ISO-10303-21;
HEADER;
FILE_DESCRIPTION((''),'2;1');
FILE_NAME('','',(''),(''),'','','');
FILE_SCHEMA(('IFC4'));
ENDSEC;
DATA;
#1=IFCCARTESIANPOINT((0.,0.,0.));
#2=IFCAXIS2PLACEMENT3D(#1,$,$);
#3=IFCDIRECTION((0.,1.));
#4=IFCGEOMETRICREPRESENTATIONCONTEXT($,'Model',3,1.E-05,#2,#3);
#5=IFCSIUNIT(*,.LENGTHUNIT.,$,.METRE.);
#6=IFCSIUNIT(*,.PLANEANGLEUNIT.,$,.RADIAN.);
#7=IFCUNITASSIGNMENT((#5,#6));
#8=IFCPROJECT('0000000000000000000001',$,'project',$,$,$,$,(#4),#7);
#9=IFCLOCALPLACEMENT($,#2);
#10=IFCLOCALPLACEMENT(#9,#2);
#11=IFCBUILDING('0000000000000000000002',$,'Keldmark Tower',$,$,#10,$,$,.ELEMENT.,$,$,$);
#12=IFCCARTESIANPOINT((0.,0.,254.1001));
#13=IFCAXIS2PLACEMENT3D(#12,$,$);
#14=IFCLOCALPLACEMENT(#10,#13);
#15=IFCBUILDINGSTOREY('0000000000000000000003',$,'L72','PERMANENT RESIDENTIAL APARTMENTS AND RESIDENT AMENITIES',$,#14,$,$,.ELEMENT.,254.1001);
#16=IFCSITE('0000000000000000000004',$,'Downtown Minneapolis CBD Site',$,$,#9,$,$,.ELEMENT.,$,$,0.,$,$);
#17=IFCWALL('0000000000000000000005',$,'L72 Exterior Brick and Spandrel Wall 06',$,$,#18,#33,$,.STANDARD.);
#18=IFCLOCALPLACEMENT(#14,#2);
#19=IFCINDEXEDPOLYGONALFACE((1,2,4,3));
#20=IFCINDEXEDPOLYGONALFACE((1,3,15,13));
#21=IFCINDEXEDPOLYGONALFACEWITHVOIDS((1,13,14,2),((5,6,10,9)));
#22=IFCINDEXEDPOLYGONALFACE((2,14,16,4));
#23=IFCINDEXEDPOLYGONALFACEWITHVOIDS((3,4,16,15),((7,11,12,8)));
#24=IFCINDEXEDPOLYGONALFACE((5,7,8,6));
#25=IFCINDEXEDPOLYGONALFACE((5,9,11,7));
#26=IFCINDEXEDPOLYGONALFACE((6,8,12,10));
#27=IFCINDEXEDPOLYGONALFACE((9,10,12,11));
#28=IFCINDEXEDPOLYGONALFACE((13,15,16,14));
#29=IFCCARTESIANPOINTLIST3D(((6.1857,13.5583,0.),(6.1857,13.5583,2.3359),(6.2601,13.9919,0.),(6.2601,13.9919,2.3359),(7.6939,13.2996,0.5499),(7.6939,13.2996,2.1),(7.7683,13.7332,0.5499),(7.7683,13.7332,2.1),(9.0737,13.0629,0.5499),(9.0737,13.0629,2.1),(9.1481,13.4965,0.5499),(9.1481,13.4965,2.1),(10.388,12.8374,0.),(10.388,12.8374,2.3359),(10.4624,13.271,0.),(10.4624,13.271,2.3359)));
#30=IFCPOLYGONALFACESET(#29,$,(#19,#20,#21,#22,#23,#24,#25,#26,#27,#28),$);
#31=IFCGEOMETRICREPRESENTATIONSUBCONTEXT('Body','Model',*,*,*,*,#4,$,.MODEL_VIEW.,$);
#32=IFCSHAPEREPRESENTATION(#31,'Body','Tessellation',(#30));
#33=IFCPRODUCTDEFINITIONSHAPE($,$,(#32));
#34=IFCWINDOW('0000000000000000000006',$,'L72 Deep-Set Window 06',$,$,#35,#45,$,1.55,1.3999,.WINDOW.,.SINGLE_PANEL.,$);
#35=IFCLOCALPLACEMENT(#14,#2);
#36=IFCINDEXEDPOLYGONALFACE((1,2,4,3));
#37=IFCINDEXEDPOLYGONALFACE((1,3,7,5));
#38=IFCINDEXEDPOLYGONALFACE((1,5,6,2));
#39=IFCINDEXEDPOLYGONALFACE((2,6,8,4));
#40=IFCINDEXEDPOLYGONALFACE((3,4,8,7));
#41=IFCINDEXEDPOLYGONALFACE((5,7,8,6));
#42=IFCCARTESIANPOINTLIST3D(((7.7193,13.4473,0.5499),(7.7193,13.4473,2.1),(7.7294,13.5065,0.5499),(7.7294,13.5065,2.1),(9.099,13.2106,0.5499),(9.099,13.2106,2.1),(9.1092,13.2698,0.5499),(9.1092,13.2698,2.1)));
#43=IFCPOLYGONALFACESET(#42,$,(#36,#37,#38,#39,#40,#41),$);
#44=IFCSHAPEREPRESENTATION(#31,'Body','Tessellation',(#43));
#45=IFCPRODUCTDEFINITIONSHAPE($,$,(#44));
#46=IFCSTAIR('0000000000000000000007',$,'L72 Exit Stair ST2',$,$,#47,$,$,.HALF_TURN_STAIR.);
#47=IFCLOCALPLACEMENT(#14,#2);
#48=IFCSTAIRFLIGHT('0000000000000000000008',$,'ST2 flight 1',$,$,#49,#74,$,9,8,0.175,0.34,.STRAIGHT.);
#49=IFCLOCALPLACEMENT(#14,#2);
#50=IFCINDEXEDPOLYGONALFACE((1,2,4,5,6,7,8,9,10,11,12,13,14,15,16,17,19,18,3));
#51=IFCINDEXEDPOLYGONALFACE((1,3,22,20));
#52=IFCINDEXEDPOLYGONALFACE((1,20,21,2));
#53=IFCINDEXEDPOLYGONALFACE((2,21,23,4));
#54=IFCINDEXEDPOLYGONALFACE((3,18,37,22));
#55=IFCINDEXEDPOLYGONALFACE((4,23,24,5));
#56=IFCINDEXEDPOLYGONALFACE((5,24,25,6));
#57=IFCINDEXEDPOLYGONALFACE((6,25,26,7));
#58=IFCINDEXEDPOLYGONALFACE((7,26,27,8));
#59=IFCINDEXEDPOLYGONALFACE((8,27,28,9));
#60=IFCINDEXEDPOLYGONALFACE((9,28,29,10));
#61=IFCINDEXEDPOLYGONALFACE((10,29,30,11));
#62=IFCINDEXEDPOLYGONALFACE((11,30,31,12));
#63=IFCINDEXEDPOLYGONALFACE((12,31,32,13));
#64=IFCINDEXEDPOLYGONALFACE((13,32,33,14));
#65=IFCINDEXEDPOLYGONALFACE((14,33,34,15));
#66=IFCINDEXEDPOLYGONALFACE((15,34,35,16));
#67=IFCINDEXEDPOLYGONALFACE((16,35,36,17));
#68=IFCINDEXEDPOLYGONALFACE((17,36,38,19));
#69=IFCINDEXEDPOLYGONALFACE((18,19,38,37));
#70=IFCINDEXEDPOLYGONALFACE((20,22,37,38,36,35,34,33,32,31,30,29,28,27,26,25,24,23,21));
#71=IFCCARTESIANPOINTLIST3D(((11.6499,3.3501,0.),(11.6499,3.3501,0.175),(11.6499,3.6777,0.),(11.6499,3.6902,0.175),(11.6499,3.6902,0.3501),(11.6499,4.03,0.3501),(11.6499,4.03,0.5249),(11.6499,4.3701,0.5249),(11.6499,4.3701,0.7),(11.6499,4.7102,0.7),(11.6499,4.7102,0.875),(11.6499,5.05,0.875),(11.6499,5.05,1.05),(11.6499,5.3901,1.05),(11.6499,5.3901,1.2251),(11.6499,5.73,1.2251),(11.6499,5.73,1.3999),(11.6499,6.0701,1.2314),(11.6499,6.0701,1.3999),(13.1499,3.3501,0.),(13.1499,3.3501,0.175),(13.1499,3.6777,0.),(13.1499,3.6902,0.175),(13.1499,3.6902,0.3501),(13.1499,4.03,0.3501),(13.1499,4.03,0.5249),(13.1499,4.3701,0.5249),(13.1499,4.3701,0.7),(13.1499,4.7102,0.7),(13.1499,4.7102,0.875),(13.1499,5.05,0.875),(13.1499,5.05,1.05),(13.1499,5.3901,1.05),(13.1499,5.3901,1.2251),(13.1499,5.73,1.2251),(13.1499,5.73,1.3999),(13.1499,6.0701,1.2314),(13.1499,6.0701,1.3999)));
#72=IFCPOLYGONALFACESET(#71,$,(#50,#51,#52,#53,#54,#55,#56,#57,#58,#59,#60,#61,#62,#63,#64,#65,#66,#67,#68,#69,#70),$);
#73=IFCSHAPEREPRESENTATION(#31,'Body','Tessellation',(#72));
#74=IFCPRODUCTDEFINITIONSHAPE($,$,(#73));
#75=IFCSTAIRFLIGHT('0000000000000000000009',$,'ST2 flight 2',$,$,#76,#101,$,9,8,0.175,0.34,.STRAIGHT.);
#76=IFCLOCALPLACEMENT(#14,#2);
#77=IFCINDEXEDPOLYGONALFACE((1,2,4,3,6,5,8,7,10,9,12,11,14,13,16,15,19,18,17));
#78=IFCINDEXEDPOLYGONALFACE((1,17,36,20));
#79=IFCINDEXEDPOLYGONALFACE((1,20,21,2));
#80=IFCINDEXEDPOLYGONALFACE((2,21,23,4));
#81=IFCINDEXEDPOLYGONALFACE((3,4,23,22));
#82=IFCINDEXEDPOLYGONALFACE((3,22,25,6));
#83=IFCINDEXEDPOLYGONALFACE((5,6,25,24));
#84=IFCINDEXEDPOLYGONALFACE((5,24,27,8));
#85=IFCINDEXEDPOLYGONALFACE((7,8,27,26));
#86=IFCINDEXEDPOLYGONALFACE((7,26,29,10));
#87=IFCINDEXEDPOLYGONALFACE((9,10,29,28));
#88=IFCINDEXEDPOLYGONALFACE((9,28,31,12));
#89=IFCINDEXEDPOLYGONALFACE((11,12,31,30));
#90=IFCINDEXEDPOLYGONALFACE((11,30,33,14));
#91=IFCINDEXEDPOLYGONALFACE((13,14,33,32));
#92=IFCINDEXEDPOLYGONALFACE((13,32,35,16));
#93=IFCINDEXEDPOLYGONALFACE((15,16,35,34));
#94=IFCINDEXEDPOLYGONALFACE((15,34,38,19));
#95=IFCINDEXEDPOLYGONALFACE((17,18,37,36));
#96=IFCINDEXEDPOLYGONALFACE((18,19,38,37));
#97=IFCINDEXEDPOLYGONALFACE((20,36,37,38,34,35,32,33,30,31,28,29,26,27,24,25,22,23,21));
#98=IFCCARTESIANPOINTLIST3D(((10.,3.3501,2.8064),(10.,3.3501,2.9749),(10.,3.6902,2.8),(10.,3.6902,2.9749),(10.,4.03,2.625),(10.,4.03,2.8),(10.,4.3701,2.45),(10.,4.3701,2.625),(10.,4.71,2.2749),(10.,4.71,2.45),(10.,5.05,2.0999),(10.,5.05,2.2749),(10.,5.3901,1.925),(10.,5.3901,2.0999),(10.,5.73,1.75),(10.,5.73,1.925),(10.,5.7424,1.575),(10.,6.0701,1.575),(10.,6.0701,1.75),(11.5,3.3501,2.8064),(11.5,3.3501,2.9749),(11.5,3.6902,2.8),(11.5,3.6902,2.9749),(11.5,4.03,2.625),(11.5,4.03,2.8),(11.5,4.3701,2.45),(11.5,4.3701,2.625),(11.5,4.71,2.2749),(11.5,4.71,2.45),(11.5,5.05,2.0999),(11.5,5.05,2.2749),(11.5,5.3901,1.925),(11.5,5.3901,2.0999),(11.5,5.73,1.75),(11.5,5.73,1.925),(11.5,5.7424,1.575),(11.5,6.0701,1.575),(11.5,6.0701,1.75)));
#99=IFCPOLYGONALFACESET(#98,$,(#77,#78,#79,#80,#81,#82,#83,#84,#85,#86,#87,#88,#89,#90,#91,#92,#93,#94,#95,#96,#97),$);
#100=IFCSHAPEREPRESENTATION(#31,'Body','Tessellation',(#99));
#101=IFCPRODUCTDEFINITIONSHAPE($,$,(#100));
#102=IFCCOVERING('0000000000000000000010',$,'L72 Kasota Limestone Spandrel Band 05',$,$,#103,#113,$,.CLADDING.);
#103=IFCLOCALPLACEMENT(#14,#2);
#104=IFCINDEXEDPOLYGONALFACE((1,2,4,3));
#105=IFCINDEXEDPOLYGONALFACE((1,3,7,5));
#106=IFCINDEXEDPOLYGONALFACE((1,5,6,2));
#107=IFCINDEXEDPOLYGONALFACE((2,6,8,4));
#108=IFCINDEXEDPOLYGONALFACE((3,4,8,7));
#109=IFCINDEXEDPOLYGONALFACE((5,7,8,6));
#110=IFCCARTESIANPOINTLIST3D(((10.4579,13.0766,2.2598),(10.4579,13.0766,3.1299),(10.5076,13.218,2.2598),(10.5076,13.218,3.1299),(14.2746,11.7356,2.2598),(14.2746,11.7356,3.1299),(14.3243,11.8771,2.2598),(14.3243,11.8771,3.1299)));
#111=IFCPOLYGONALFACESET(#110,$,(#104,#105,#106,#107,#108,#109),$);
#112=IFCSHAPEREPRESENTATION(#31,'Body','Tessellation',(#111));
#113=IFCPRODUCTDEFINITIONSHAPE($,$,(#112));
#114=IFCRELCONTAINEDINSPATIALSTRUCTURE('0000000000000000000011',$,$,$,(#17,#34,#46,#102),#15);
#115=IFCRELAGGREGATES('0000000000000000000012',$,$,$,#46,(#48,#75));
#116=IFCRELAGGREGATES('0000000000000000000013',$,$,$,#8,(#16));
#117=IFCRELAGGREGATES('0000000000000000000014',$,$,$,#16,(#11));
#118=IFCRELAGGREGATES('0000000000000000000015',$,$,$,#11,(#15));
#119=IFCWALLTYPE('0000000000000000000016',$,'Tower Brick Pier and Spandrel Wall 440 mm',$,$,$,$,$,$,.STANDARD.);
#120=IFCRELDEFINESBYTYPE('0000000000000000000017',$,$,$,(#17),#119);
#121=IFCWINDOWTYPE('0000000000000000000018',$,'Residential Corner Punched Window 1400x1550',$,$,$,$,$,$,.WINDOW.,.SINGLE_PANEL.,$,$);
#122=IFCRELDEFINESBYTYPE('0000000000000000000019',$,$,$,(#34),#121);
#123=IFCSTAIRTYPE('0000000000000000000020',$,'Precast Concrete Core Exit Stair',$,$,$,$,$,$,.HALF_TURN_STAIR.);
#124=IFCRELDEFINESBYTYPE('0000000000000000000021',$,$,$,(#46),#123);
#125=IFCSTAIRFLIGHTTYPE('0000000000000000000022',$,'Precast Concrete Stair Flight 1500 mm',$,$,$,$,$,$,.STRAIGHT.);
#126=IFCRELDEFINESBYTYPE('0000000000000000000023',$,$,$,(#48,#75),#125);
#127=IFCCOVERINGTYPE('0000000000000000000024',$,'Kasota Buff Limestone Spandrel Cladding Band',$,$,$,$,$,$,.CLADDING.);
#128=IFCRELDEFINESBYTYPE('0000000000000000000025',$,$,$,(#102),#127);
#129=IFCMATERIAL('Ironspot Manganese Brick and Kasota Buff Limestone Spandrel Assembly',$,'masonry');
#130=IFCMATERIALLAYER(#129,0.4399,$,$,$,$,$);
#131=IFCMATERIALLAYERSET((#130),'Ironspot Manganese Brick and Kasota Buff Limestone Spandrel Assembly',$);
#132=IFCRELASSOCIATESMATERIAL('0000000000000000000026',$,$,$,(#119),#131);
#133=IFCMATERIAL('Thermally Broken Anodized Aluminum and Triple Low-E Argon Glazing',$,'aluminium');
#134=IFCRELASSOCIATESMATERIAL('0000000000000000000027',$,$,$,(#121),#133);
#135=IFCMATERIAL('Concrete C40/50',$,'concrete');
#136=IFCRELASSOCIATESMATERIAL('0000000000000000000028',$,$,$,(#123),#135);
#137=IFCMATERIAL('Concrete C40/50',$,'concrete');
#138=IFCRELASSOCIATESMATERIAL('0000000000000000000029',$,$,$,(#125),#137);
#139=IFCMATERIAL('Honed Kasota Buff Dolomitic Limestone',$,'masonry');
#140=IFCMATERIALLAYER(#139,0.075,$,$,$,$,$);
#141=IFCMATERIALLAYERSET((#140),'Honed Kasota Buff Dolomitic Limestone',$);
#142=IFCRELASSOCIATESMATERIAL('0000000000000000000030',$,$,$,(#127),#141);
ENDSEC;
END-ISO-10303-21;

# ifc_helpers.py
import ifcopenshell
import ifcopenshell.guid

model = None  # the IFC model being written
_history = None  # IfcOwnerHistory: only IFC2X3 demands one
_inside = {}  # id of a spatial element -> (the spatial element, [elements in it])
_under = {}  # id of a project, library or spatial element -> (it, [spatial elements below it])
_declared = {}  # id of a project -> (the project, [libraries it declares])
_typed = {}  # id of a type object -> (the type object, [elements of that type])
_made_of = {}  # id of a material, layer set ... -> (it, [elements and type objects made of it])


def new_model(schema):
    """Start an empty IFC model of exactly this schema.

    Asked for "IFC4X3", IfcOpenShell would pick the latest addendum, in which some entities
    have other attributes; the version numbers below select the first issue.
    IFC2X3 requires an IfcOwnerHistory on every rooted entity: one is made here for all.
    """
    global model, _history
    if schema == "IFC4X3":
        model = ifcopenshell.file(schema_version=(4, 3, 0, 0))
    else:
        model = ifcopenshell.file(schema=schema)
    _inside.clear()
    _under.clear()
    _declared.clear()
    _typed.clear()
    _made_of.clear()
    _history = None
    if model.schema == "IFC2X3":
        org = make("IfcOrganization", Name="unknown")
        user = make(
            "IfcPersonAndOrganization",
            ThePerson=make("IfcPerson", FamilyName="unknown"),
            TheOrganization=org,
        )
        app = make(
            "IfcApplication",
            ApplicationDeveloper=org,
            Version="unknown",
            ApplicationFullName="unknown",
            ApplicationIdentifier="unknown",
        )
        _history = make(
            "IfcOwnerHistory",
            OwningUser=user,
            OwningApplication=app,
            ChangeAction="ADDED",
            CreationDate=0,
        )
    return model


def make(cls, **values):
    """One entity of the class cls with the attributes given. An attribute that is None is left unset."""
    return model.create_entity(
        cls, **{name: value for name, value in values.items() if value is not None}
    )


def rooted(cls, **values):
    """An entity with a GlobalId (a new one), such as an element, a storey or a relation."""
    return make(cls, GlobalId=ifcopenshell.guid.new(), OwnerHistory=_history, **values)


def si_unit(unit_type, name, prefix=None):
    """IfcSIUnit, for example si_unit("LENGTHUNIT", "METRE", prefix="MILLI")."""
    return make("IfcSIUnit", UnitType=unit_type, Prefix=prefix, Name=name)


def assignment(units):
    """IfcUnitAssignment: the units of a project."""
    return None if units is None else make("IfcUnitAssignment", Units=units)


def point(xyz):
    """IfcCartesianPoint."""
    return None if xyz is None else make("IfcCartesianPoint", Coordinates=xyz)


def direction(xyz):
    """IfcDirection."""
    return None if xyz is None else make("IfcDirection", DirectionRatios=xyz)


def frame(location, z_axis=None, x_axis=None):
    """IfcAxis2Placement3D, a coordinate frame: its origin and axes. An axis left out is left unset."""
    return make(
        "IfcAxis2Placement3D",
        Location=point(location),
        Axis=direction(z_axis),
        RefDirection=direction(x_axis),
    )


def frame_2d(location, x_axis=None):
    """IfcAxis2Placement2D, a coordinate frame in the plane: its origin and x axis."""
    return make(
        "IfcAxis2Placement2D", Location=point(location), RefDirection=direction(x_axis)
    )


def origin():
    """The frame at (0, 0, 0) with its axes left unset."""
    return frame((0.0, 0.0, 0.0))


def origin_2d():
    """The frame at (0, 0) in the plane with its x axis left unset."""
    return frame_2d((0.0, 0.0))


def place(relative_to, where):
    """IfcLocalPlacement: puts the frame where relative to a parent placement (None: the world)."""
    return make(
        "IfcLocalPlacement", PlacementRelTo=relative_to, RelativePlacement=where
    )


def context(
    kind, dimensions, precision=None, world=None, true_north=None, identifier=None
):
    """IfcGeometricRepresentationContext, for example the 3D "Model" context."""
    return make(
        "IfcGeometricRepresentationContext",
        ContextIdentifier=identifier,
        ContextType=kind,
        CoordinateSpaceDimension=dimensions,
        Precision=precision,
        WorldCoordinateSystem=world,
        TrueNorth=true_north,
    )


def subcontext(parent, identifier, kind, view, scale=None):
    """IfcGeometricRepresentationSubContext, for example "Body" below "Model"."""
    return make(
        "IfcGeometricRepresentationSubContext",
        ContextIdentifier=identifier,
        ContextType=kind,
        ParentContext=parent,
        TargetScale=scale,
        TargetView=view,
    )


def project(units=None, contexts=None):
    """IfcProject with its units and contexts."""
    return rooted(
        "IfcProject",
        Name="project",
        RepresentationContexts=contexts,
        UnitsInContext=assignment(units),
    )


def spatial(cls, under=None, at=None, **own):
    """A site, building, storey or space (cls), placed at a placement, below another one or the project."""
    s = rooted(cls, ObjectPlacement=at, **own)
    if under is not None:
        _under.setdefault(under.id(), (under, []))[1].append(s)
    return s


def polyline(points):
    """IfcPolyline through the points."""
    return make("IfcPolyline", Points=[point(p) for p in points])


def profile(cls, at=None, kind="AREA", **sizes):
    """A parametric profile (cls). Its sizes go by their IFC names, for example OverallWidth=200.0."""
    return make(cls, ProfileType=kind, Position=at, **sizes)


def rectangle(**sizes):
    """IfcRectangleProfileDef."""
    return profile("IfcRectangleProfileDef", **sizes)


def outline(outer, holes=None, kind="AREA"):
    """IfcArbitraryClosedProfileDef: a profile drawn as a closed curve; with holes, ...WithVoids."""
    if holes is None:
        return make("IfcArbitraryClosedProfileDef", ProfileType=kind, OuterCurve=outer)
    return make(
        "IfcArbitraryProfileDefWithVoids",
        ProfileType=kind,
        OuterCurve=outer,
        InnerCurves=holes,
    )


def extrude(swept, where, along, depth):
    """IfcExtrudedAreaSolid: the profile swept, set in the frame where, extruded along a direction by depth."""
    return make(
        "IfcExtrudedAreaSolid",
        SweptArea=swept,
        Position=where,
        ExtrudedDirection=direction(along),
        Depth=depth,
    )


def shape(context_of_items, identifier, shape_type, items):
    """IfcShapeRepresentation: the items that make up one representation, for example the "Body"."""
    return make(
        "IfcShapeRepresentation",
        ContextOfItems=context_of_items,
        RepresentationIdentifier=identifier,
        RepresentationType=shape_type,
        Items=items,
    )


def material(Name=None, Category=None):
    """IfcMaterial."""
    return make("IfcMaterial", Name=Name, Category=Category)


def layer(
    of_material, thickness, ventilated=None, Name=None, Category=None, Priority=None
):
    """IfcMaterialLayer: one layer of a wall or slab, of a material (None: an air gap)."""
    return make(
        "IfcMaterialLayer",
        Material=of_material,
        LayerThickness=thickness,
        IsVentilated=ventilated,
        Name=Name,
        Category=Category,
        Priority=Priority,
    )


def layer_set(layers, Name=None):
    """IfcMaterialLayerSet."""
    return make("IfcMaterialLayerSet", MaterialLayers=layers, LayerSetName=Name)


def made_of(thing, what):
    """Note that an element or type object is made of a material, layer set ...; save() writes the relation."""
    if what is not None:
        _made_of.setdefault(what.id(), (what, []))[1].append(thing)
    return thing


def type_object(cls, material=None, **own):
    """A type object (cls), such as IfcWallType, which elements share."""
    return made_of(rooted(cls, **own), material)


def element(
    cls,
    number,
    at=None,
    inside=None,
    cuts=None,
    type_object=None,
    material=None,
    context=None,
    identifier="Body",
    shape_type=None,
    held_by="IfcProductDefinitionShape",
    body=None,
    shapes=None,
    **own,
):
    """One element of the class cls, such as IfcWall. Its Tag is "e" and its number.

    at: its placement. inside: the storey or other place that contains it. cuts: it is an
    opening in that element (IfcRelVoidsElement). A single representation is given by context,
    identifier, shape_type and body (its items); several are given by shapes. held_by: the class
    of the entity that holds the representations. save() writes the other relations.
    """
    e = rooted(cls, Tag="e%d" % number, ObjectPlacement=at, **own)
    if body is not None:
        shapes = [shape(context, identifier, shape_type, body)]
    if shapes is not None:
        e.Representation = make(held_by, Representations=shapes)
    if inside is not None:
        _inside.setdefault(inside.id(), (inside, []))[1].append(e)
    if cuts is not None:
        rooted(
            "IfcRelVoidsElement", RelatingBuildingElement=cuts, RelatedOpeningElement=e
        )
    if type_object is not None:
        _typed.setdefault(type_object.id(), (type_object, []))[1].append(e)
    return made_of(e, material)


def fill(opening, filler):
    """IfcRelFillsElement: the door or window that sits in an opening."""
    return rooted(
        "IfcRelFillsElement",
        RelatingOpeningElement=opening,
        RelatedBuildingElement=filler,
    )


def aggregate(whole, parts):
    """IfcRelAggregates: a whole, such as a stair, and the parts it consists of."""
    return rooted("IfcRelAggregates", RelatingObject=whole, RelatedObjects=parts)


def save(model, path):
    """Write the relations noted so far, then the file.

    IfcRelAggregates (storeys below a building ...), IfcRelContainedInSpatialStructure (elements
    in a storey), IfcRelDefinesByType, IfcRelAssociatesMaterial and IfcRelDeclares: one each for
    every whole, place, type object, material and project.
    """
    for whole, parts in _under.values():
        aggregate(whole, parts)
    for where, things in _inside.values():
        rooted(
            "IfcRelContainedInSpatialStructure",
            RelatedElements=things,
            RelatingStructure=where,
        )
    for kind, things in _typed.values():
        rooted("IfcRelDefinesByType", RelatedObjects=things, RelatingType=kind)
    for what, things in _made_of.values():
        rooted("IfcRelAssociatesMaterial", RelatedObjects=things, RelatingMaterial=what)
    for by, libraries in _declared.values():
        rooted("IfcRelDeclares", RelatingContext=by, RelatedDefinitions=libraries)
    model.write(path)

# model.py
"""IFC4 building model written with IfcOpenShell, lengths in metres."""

from ifc_helpers import new_model, si_unit, direction, frame, frame_2d, origin, origin_2d, place, context, subcontext, project, spatial, polyline, rectangle, outline, extrude, material, layer, layer_set, type_object, element, fill, aggregate, save


model = new_model("IFC4")

# Units and contexts
model_context = context("Model", 3, precision=1e-05, world=origin(), true_north=direction((0.0, 1.0)))
body_context = subcontext(model_context, "Body", "Model", "MODEL_VIEW")
ifc_project = project(units=[si_unit("LENGTHUNIT", "METRE"), si_unit("PLANEANGLEUNIT", "RADIAN")], contexts=[model_context])

# Site, building, storey
site_placement = place(None, origin())
site = spatial("IfcSite", under=ifc_project, at=site_placement, Name="Downtown Minneapolis CBD Site", CompositionType="ELEMENT", RefElevation=0.0)
building_placement = place(site_placement, origin())
building = spatial("IfcBuilding", under=site, at=building_placement, Name="Keldmark Tower", CompositionType="ELEMENT")
storey_placement = place(building_placement, frame((0.0, 0.0, 254.1001)))
storey = spatial("IfcBuildingStorey", under=building, at=storey_placement, Name="L72", Description="PERMANENT RESIDENTIAL APARTMENTS AND RESIDENT AMENITIES", CompositionType="ELEMENT", Elevation=254.1001)

# Wall, opening, window
ifc_material_1 = material(Name="Ironspot Manganese Brick and Kasota Buff Limestone Spandrel Assembly", Category="masonry")
ifc_layer_1 = layer(ifc_material_1, 0.4399)
ifc_layer_set_1 = layer_set([ifc_layer_1], Name="Ironspot Manganese Brick and Kasota Buff Limestone Spandrel Assembly")
wall_type_1 = type_object("IfcWallType", Name="Tower Brick Pier and Spandrel Wall 440 mm", PredefinedType="STANDARD", material=ifc_layer_set_1)
wall_1_placement = place(storey_placement, frame((6.2229, 13.7751, 0.0), z_axis=(0.0, 0.0, 1.0), x_axis=(0.985601, -0.169086, 0.0)))
wall_1 = element("IfcWall", 1, at=wall_1_placement, inside=storey, type_object=wall_type_1, Name="L72 Exterior Brick and Spandrel Wall 06", PredefinedType="STANDARD", context=body_context, shape_type="SweptSolid", body=[
    extrude(rectangle(XDim=4.2637, YDim=0.4399, at=frame_2d((2.1318, 0.0))), origin(), (0.0, 0.0, 1.0), 2.3359),
])
opening_1_placement = place(wall_1_placement, frame((1.5303, 0.0, 0.55)))
opening_1 = element("IfcOpeningElement", 2, at=opening_1_placement, cuts=wall_1, PredefinedType="OPENING", context=body_context, shape_type="SweptSolid", body=[
    extrude(rectangle(XDim=1.3999, YDim=1.55, at=frame_2d((0.7, 0.7749))), frame((0.0, 0.23, 0.0), z_axis=(0.0, -1.0, 0.0), x_axis=(1.0, 0.0, 0.0)), (0.0, 0.0, 1.0), 0.46),
])
ifc_material_2 = material(Name="Thermally Broken Anodized Aluminum and Triple Low-E Argon Glazing", Category="aluminium")
window_type_1 = type_object("IfcWindowType", Name="Residential Corner Punched Window 1400x1550", PartitioningType="SINGLE_PANEL", PredefinedType="WINDOW", material=ifc_material_2)
window_1_placement = place(opening_1_placement, origin())
window_1 = element("IfcWindow", 3, at=window_1_placement, inside=storey, type_object=window_type_1, Name="L72 Deep-Set Window 06", OverallHeight=1.55, OverallWidth=1.3999, PartitioningType="SINGLE_PANEL", PredefinedType="WINDOW", context=body_context, shape_type="SweptSolid", body=[
    extrude(rectangle(XDim=1.3999, YDim=1.55, at=frame_2d((0.7, 0.7749))), frame((0.0, -0.01, 0.0), z_axis=(0.0, -1.0, 0.0), x_axis=(1.0, 0.0, 0.0)), (0.0, 0.0, 1.0), 0.0601),
])
fill(opening_1, window_1)

# Stair, stair flights
ifc_material_3 = material(Name="Concrete C40/50", Category="concrete")
stair_type = type_object("IfcStairType", Name="Precast Concrete Core Exit Stair", PredefinedType="HALF_TURN_STAIR", material=ifc_material_3)
stair_placement = place(storey_placement, origin())
stair = element("IfcStair", 4, at=stair_placement, inside=storey, type_object=stair_type, Name="L72 Exit Stair ST2", PredefinedType="HALF_TURN_STAIR")
ifc_material_4 = material(Name="Concrete C40/50", Category="concrete")
stair_flight_type = type_object("IfcStairFlightType", Name="Precast Concrete Stair Flight 1500 mm", PredefinedType="STRAIGHT", material=ifc_material_4)
stair_flight_1_placement = place(storey_placement, frame((12.3999, 3.3501, 0.0), z_axis=(0.0, 0.0, 1.0), x_axis=(0.0, 1.0, 0.0)))
stair_flight_1 = element("IfcStairFlight", 5, at=stair_flight_1_placement, type_object=stair_flight_type, Name="ST2 flight 1", NumberOfRisers=9, NumberOfTreads=8, PredefinedType="STRAIGHT", RiserHeight=0.175, TreadLength=0.34, context=body_context, shape_type="SweptSolid", body=[
    extrude(outline(polyline([(0.0, 0.0), (0.0, 0.175), (0.3401, 0.175), (0.3401, 0.3501), (0.6799, 0.3501), (0.6799, 0.5249), (1.02, 0.5249), (1.02, 0.7), (1.3601, 0.7), (1.3601, 0.875), (1.7, 0.875), (1.7, 1.05), (2.04, 1.05), (2.04, 1.2251), (2.3799, 1.2251), (2.3799, 1.3999), (2.72, 1.3999), (2.72, 1.575), (2.72, 1.2314), (0.3276, 0.0), (0.0, 0.0)])), frame((0.0, 0.75, 0.0), z_axis=(0.0, -1.0, 0.0), x_axis=(1.0, 0.0, 0.0)), (0.0, 0.0, 1.0), 1.5),
])
stair_flight_2_placement = place(storey_placement, frame((10.75, 6.0701, 1.575), z_axis=(0.0, 0.0, 1.0), x_axis=(0.0, -1.0, 0.0)))
stair_flight_2 = element("IfcStairFlight", 6, at=stair_flight_2_placement, type_object=stair_flight_type, Name="ST2 flight 2", NumberOfRisers=9, NumberOfTreads=8, PredefinedType="STRAIGHT", RiserHeight=0.175, TreadLength=0.34, context=body_context, shape_type="SweptSolid", body=[
    extrude(outline(polyline([(0.0, 0.0), (0.0, 0.175), (0.3401, 0.175), (0.3401, 0.3501), (0.6799, 0.3501), (0.6799, 0.5249), (1.02, 0.5249), (1.02, 0.7), (1.3601, 0.7), (1.3601, 0.875), (1.7, 0.875), (1.7, 1.05), (2.04, 1.05), (2.04, 1.2251), (2.3799, 1.2251), (2.3799, 1.3999), (2.72, 1.3999), (2.72, 1.575), (2.72, 1.2314), (0.3276, 0.0), (0.0, 0.0)])), frame((0.0, 0.75, 0.0), z_axis=(0.0, -1.0, 0.0), x_axis=(1.0, 0.0, 0.0)), (0.0, 0.0, 1.0), 1.5),
])
aggregate(stair, [stair_flight_1, stair_flight_2])

# Covering
ifc_material_5 = material(Name="Honed Kasota Buff Dolomitic Limestone", Category="masonry")
ifc_layer_2 = layer(ifc_material_5, 0.075)
ifc_layer_set_2 = layer_set([ifc_layer_2], Name="Honed Kasota Buff Dolomitic Limestone")
covering_type = type_object("IfcCoveringType", Name="Kasota Buff Limestone Spandrel Cladding Band", PredefinedType="CLADDING", material=ifc_layer_set_2)
covering_placement = place(storey_placement, frame((12.3911, 12.4768, 2.2598), z_axis=(0.0, 0.0, 1.0), x_axis=(-0.943466, 0.33147, 0.0)))
element("IfcCovering", 7, at=covering_placement, inside=storey, type_object=covering_type, Name="L72 Kasota Limestone Spandrel Band 05", PredefinedType="CLADDING", context=body_context, shape_type="SweptSolid", body=[
    extrude(rectangle(XDim=4.0454, YDim=0.1499, at=origin_2d()), origin(), (0.0, 0.0, 1.0), 0.8701),
])

save(model, "model.ifc")
